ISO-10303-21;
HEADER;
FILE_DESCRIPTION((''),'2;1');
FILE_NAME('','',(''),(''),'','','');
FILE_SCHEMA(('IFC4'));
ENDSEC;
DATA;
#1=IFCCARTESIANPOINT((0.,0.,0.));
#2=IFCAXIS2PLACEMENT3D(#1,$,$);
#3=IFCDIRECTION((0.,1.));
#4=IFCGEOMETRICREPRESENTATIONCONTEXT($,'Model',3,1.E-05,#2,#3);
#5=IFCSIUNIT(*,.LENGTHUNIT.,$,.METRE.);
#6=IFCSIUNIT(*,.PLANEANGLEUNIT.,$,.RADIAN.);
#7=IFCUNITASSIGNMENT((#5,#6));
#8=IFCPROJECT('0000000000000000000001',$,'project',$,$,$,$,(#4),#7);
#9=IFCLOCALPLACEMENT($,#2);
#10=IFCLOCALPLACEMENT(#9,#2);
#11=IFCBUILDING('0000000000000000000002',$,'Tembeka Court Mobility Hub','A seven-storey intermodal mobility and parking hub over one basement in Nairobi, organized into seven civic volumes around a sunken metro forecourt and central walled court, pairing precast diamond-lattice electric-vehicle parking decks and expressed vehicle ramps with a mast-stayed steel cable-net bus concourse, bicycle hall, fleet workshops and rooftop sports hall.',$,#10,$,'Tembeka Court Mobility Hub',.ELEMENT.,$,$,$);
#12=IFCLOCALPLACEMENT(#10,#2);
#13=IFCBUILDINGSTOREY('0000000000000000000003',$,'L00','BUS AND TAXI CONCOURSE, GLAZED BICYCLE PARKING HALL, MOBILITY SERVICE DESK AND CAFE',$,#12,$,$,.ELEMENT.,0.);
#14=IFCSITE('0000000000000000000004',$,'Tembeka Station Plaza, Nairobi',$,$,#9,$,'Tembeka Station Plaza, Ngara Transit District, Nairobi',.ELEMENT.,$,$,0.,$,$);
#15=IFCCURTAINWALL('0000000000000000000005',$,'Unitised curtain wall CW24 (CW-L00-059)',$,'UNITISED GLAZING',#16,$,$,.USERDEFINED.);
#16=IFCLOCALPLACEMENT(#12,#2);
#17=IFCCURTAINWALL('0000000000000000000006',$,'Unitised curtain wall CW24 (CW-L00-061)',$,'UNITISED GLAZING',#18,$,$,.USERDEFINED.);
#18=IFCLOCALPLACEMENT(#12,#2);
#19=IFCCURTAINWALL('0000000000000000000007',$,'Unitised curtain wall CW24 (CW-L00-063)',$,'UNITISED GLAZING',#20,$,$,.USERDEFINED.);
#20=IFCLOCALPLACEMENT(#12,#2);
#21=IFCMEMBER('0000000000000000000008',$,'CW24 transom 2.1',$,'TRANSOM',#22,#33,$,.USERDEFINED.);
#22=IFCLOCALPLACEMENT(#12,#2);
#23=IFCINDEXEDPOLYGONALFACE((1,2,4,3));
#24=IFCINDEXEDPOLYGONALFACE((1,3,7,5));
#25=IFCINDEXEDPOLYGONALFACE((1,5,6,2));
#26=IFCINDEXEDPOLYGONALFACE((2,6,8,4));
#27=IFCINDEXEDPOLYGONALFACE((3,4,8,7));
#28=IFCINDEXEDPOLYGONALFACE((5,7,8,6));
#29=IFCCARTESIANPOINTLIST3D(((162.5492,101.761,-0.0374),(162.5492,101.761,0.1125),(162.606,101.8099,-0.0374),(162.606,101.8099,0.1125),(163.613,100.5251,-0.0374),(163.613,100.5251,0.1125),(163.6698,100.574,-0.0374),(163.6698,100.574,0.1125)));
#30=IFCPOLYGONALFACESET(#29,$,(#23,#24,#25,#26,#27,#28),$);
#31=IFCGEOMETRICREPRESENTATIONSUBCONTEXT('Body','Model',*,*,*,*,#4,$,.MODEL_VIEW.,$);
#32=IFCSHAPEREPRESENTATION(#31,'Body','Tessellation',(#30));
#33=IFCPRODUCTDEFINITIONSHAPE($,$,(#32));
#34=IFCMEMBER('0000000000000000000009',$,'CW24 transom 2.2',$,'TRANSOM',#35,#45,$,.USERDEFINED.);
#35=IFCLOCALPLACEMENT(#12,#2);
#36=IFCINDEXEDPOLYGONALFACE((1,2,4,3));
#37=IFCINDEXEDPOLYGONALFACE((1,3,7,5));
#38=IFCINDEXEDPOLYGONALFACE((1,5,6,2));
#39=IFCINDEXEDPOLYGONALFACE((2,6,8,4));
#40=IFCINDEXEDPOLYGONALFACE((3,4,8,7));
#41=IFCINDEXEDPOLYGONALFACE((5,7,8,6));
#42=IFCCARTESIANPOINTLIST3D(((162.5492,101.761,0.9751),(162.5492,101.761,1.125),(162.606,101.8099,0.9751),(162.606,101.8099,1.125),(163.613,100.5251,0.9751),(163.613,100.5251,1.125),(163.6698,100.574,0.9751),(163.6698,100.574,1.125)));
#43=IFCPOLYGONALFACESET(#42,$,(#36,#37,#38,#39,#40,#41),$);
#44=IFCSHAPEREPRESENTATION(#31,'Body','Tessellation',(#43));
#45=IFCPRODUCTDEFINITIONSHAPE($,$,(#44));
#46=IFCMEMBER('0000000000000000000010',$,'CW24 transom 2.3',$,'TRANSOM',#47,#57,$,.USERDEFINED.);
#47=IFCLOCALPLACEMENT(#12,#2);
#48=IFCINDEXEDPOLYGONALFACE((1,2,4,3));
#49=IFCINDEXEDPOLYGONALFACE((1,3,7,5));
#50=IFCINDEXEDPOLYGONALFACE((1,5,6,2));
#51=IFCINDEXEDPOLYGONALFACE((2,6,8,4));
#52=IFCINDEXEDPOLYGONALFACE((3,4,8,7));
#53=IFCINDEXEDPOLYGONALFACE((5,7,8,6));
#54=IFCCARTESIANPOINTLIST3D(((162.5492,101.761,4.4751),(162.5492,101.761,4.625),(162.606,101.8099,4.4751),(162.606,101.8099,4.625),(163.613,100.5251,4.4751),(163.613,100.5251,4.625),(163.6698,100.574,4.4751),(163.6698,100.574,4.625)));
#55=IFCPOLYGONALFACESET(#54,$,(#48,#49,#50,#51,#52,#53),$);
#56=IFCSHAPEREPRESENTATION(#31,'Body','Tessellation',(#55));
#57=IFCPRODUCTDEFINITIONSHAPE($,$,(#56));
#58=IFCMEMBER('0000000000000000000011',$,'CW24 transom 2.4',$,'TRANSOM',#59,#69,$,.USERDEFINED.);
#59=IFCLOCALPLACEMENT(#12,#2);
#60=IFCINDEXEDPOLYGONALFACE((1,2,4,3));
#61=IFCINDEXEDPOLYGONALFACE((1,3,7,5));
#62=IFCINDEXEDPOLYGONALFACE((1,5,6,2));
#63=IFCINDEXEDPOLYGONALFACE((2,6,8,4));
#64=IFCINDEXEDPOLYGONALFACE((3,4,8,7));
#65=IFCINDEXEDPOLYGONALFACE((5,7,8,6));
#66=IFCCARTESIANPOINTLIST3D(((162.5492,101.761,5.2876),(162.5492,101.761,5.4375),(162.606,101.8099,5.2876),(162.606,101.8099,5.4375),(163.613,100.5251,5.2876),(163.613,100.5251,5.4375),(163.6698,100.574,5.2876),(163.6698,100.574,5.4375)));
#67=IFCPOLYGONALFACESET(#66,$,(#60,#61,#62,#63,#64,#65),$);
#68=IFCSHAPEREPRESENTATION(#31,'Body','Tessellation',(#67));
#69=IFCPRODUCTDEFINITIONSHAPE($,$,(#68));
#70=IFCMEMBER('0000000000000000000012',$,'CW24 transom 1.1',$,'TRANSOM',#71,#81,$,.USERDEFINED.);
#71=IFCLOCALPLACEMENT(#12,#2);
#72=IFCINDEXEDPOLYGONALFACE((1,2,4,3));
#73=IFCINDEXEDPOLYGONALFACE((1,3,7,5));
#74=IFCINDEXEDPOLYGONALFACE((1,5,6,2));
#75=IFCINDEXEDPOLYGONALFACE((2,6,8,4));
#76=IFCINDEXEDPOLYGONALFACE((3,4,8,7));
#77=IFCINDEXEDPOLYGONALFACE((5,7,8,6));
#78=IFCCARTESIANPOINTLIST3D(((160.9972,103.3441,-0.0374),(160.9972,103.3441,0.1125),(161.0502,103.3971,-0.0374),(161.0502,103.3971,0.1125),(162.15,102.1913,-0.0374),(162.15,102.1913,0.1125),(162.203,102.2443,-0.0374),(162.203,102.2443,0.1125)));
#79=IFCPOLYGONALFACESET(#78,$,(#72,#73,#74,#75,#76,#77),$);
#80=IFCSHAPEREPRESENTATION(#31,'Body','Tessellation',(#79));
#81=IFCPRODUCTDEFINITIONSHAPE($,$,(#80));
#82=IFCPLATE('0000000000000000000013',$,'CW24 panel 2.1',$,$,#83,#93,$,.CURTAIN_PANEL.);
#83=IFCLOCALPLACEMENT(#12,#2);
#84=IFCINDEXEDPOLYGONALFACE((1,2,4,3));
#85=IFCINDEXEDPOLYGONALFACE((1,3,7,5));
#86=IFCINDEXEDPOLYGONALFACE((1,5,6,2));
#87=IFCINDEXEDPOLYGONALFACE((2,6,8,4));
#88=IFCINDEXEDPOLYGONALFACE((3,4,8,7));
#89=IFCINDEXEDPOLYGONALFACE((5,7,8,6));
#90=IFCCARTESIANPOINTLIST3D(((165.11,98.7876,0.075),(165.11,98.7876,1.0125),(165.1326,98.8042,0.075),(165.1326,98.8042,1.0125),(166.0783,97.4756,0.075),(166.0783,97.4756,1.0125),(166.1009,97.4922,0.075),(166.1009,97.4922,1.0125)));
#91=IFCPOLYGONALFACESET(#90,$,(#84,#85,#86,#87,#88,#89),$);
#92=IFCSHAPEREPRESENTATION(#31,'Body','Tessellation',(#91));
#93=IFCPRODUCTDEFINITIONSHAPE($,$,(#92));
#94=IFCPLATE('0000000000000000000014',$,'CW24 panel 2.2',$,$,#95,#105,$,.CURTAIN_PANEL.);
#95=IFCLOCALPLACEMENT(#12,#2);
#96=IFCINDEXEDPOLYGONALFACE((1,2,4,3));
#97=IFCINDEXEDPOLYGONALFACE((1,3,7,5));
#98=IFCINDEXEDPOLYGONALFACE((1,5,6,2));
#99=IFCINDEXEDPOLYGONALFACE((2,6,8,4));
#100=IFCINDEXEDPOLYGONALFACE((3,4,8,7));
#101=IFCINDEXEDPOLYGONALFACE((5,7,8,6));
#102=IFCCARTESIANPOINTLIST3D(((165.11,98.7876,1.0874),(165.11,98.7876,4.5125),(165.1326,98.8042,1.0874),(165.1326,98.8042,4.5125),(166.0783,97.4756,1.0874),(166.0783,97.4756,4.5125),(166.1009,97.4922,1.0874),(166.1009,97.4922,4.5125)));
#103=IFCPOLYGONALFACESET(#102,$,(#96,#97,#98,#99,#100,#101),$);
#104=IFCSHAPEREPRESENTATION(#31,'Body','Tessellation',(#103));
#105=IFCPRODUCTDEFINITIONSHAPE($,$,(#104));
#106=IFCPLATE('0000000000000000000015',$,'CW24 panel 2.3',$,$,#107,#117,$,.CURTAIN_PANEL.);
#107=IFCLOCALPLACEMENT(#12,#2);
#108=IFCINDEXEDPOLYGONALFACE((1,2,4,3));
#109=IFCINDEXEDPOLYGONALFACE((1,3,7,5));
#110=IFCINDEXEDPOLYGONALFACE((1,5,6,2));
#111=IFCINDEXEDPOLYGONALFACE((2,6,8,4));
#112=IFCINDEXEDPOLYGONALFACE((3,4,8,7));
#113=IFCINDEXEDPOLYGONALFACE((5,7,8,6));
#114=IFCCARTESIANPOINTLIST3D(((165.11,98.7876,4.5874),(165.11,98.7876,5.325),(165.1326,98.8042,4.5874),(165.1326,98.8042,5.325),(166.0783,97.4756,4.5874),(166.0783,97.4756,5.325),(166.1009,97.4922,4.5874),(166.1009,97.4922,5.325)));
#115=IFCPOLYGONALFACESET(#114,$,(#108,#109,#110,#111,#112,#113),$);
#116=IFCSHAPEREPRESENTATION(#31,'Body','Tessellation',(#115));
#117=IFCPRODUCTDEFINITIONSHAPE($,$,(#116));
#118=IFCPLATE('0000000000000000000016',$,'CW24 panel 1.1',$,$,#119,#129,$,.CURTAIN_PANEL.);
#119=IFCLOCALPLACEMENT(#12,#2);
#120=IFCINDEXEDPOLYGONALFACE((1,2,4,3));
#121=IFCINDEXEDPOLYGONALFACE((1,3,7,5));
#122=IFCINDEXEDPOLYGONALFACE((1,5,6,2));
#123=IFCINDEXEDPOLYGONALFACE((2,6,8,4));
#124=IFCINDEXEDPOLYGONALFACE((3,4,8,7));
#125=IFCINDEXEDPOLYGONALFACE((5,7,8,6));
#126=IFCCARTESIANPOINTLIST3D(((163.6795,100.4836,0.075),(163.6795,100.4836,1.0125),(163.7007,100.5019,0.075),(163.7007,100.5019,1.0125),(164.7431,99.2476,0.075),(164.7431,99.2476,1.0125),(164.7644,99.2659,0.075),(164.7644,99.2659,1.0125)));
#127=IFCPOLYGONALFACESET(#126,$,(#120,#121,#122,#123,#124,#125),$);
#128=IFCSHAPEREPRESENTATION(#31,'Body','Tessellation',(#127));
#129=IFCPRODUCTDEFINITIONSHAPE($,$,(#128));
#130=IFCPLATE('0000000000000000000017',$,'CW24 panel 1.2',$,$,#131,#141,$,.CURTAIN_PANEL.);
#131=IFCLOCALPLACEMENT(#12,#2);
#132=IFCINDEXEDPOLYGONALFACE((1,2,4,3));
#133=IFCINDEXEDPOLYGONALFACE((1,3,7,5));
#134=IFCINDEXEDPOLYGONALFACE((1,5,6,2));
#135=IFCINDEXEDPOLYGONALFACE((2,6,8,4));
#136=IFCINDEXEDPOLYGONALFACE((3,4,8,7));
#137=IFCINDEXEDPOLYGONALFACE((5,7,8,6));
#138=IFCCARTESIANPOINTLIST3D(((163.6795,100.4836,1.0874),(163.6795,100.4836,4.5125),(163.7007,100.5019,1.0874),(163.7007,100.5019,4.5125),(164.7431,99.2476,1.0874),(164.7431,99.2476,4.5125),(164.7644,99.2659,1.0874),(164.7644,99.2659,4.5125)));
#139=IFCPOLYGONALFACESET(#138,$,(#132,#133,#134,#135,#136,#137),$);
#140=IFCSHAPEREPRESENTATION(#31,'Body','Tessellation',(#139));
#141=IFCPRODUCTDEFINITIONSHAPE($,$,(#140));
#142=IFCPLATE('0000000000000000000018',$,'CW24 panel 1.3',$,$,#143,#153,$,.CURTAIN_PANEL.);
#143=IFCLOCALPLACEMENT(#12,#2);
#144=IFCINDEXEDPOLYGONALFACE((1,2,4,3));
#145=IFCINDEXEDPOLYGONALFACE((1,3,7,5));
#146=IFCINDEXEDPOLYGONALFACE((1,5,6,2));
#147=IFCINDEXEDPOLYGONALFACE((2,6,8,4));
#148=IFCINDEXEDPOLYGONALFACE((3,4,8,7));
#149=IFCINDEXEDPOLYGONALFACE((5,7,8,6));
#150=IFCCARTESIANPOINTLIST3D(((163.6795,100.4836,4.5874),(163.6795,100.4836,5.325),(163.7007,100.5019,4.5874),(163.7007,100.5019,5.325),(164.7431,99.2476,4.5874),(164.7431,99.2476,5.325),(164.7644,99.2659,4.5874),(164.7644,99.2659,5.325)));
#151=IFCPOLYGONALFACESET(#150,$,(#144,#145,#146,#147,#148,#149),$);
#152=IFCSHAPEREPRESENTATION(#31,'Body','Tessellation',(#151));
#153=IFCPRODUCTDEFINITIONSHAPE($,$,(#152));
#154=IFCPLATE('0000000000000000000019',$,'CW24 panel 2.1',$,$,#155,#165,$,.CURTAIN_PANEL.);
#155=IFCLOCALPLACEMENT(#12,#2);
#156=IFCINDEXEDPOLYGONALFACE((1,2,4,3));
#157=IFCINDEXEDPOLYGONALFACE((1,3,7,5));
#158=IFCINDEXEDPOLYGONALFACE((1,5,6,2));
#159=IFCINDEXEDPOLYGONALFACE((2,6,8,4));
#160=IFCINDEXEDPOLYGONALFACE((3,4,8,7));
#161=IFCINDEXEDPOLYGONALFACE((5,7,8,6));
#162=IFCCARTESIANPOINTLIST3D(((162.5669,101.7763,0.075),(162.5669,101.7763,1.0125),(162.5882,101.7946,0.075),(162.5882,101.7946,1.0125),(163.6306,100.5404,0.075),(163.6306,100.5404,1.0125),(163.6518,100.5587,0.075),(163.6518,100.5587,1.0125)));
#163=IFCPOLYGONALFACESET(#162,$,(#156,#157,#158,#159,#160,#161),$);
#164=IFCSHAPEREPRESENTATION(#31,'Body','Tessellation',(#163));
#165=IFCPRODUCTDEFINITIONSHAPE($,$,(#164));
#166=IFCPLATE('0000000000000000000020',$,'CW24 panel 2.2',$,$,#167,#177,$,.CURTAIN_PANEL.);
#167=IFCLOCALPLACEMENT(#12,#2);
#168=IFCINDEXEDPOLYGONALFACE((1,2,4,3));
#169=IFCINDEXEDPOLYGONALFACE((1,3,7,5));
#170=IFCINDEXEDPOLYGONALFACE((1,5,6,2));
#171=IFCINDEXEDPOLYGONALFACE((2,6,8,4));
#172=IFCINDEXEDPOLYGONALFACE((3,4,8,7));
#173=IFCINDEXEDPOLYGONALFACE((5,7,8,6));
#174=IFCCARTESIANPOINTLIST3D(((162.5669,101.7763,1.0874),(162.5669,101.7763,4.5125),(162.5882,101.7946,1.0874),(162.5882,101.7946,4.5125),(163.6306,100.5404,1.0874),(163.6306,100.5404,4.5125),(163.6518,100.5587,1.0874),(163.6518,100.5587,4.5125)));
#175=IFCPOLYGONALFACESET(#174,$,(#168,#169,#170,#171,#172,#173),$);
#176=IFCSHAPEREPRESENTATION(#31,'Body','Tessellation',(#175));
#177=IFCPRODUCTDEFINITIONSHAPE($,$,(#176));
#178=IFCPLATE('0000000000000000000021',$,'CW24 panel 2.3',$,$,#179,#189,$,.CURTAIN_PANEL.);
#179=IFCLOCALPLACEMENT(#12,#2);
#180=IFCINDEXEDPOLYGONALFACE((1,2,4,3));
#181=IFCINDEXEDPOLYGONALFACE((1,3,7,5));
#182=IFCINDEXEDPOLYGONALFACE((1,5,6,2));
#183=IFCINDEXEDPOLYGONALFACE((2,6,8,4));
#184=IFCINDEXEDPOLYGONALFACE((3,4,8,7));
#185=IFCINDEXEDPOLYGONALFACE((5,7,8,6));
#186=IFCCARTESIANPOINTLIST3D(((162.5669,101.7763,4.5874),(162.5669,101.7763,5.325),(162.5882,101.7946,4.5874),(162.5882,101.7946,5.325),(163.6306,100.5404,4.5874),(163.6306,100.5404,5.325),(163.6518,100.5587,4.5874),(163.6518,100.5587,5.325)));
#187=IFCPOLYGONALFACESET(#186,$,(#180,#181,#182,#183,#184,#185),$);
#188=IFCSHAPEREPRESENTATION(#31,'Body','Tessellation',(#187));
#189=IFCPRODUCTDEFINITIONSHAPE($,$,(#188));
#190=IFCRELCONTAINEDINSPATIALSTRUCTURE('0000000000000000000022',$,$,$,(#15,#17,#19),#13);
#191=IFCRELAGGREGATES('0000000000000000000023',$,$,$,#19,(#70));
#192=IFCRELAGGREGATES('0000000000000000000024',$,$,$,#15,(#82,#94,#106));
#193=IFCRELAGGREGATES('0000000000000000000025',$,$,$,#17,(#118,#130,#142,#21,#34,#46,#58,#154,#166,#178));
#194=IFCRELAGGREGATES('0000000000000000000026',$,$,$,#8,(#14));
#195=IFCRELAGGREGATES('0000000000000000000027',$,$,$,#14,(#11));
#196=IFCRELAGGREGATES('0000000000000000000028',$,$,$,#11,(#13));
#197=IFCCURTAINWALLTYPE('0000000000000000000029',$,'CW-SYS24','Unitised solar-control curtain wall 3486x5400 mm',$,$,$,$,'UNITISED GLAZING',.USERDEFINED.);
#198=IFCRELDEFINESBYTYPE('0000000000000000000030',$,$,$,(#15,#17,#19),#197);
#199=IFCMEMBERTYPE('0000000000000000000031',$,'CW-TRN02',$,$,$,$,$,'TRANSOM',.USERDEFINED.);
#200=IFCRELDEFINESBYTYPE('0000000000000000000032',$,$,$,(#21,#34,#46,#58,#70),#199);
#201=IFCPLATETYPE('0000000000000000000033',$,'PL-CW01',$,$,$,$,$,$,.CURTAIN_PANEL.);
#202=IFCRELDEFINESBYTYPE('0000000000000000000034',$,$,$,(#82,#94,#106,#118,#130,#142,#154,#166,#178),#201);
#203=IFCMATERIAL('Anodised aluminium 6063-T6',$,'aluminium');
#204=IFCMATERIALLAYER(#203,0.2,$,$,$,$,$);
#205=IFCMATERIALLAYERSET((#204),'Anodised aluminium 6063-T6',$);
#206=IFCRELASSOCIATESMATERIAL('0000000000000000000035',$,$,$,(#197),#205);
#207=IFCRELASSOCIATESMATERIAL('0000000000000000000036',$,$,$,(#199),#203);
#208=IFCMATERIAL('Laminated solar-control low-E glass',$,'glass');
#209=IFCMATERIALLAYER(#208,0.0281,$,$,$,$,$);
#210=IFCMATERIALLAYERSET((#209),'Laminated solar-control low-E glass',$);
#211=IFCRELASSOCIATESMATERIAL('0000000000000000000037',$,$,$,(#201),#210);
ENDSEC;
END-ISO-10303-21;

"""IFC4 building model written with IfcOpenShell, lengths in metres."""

from ifc_helpers import new_model, si_unit, direction, frame, origin, origin_2d, place, context, subcontext, project, spatial, rectangle, extrude, material, layer, layer_set, material_profile, profile_set, type_object, element, aggregate, save


model = new_model("IFC4")

# Units and contexts
model_context = context("Model", 3, precision=1e-05, world=origin(), true_north=direction((0.0, 1.0)))
body_context = subcontext(model_context, "Body", "Model", "MODEL_VIEW")
ifc_project = project(units=[si_unit("LENGTHUNIT", "METRE"), si_unit("PLANEANGLEUNIT", "RADIAN")], contexts=[model_context])

# Site, building, storey
site_placement = place(None, origin())
site = spatial("IfcSite", under=ifc_project, at=site_placement, Name="Tembeka Station Plaza, Nairobi", LongName="Tembeka Station Plaza, Ngara Transit District, Nairobi", CompositionType="ELEMENT", RefElevation=0.0)
building_placement = place(site_placement, origin())
building = spatial("IfcBuilding", under=site, at=building_placement, Name="Tembeka Court Mobility Hub", Description="A seven-storey intermodal mobility and parking hub over one basement in Nairobi, organized into seven civic volumes around a sunken metro forecourt and central walled court, pairing precast diamond-lattice electric-vehicle parking decks and expressed vehicle ramps with a mast-stayed steel cable-net bus concourse, bicycle hall, fleet workshops and rooftop sports hall.", LongName="Tembeka Court Mobility Hub", CompositionType="ELEMENT")
storey_placement = place(building_placement, origin())
storey = spatial("IfcBuildingStorey", under=building, at=storey_placement, Name="L00", Description="BUS AND TAXI CONCOURSE, GLAZED BICYCLE PARKING HALL, MOBILITY SERVICE DESK AND CAFE", CompositionType="ELEMENT", Elevation=0.0)

# Curtain wall
ifc_material_1 = material(Name="Anodised aluminium 6063-T6", Category="aluminium")
ifc_layer_1 = layer(ifc_material_1, 0.2)
ifc_layer_set_1 = layer_set([ifc_layer_1], Name="Anodised aluminium 6063-T6")
curtain_wall_type = type_object("IfcCurtainWallType", Name="CW-SYS24", Description="Unitised solar-control curtain wall 3486x5400 mm", ElementType="UNITISED GLAZING", PredefinedType="USERDEFINED", material=ifc_layer_set_1)
curtain_wall_1_placement = place(storey_placement, origin())
curtain_wall_1 = element("IfcCurtainWall", 1, at=curtain_wall_1_placement, inside=storey, type_object=curtain_wall_type, Name="Unitised curtain wall CW24 (CW-L00-059)", ObjectType="UNITISED GLAZING", PredefinedType="USERDEFINED")

# Curtain wall
curtain_wall_2_placement = place(storey_placement, origin())
curtain_wall_2 = element("IfcCurtainWall", 2, at=curtain_wall_2_placement, inside=storey, type_object=curtain_wall_type, Name="Unitised curtain wall CW24 (CW-L00-061)", ObjectType="UNITISED GLAZING", PredefinedType="USERDEFINED")

# Curtain wall
curtain_wall_3_placement = place(storey_placement, origin())
curtain_wall_3 = element("IfcCurtainWall", 3, at=curtain_wall_3_placement, inside=storey, type_object=curtain_wall_type, Name="Unitised curtain wall CW24 (CW-L00-063)", ObjectType="UNITISED GLAZING", PredefinedType="USERDEFINED")

# Members
ifc_material_profile_1 = material_profile(ifc_material_1, rectangle(XDim=0.075, YDim=0.1499, at=origin_2d()), Name="ALU-TRN 75x150")
ifc_profile_set_1 = profile_set([ifc_material_profile_1], Name="Anodised aluminium 6063-T6")
member_type_1 = type_object("IfcMemberType", Name="CW-TRN02", ElementType="TRANSOM", PredefinedType="USERDEFINED", material=ifc_profile_set_1)
member_1_placement = place(storey_placement, frame((163.6414, 100.5496, 0.0376), z_axis=(-0.652356, 0.757913, 0.0), x_axis=(-0.757913, -0.652356, 0.0)))
member_1 = element("IfcMember", 4, at=member_1_placement, type_object=member_type_1, Name="CW24 transom 2.1", ObjectType="TRANSOM", PredefinedType="USERDEFINED", context=body_context, shape_type="SweptSolid", body=[
    extrude(rectangle(XDim=0.075, YDim=0.1499, at=origin_2d()), origin(), (0.0, 0.0, 1.0), 1.6306),
])
member_2_placement = place(storey_placement, frame((163.6414, 100.5496, 1.05), z_axis=(-0.652356, 0.757913, 0.0), x_axis=(-0.757913, -0.652356, 0.0)))
member_2 = element("IfcMember", 5, at=member_2_placement, type_object=member_type_1, Name="CW24 transom 2.2", ObjectType="TRANSOM", PredefinedType="USERDEFINED", context=body_context, shape_type="SweptSolid", body=[
    extrude(rectangle(XDim=0.075, YDim=0.1499, at=origin_2d()), origin(), (0.0, 0.0, 1.0), 1.6306),
])
member_3_placement = place(storey_placement, frame((163.6414, 100.5496, 4.55), z_axis=(-0.652356, 0.757913, 0.0), x_axis=(-0.757913, -0.652356, 0.0)))
member_3 = element("IfcMember", 6, at=member_3_placement, type_object=member_type_1, Name="CW24 transom 2.3", ObjectType="TRANSOM", PredefinedType="USERDEFINED", context=body_context, shape_type="SweptSolid", body=[
    extrude(rectangle(XDim=0.075, YDim=0.1499, at=origin_2d()), origin(), (0.0, 0.0, 1.0), 1.6306),
])
member_4_placement = place(storey_placement, frame((163.6414, 100.5496, 5.3625), z_axis=(-0.652356, 0.757913, 0.0), x_axis=(-0.757913, -0.652356, 0.0)))
member_4 = element("IfcMember", 7, at=member_4_placement, type_object=member_type_1, Name="CW24 transom 2.4", ObjectType="TRANSOM", PredefinedType="USERDEFINED", context=body_context, shape_type="SweptSolid", body=[
    extrude(rectangle(XDim=0.075, YDim=0.1499, at=origin_2d()), origin(), (0.0, 0.0, 1.0), 1.6306),
])
member_5_placement = place(storey_placement, frame((162.1765, 102.2178, 0.0376), z_axis=(-0.707107, 0.707107, 0.0), x_axis=(-0.707107, -0.707107, 0.0)))
member_5 = element("IfcMember", 8, at=member_5_placement, type_object=member_type_1, Name="CW24 transom 1.1", ObjectType="TRANSOM", PredefinedType="USERDEFINED", context=body_context, shape_type="SweptSolid", body=[
    extrude(rectangle(XDim=0.075, YDim=0.1499, at=origin_2d()), origin(), (0.0, 0.0, 1.0), 1.6304),
])
aggregate(curtain_wall_3, [member_5])

# Plates
ifc_material_2 = material(Name="Laminated solar-control low-E glass", Category="glass")
ifc_layer_2 = layer(ifc_material_2, 0.0281)
ifc_layer_set_2 = layer_set([ifc_layer_2], Name="Laminated solar-control low-E glass")
plate_type = type_object("IfcPlateType", Name="PL-CW01", PredefinedType="CURTAIN_PANEL", material=ifc_layer_set_2)
plate_1_placement = place(storey_placement, frame((165.6055, 98.1399, 0.075), z_axis=(0.0, 0.0, 1.0), x_axis=(-0.593818, 0.804599, 0.0)))
plate_1 = element("IfcPlate", 9, at=plate_1_placement, type_object=plate_type, Name="CW24 panel 2.1", PredefinedType="CURTAIN_PANEL", context=body_context, shape_type="SweptSolid", body=[
    extrude(rectangle(XDim=1.6306, YDim=0.0281, at=origin_2d()), origin(), (0.0, 0.0, 1.0), 0.9375),
])
plate_2_placement = place(storey_placement, frame((165.6055, 98.1399, 1.0874), z_axis=(0.0, 0.0, 1.0), x_axis=(-0.593818, 0.804599, 0.0)))
plate_2 = element("IfcPlate", 10, at=plate_2_placement, type_object=plate_type, Name="CW24 panel 2.2", PredefinedType="CURTAIN_PANEL", context=body_context, shape_type="SweptSolid", body=[
    extrude(rectangle(XDim=1.6306, YDim=0.0281, at=origin_2d()), origin(), (0.0, 0.0, 1.0), 3.425),
])
plate_3_placement = place(storey_placement, frame((165.6055, 98.1399, 4.5874), z_axis=(0.0, 0.0, 1.0), x_axis=(-0.593818, 0.804599, 0.0)))
plate_3 = element("IfcPlate", 11, at=plate_3_placement, type_object=plate_type, Name="CW24 panel 2.3", PredefinedType="CURTAIN_PANEL", context=body_context, shape_type="SweptSolid", body=[
    extrude(rectangle(XDim=1.6306, YDim=0.0281, at=origin_2d()), origin(), (0.0, 0.0, 1.0), 0.7375),
])
aggregate(curtain_wall_1, [plate_1, plate_2, plate_3])
plate_4_placement = place(storey_placement, frame((164.2219, 99.8748, 0.075), z_axis=(0.0, 0.0, 1.0), x_axis=(-0.652307, 0.757955, 0.0)))
plate_4 = element("IfcPlate", 12, at=plate_4_placement, type_object=plate_type, Name="CW24 panel 1.1", PredefinedType="CURTAIN_PANEL", context=body_context, shape_type="SweptSolid", body=[
    extrude(rectangle(XDim=1.6306, YDim=0.0281, at=origin_2d()), origin(), (0.0, 0.0, 1.0), 0.9375),
])
plate_5_placement = place(storey_placement, frame((164.2219, 99.8748, 1.0874), z_axis=(0.0, 0.0, 1.0), x_axis=(-0.652307, 0.757955, 0.0)))
plate_5 = element("IfcPlate", 13, at=plate_5_placement, type_object=plate_type, Name="CW24 panel 1.2", PredefinedType="CURTAIN_PANEL", context=body_context, shape_type="SweptSolid", body=[
    extrude(rectangle(XDim=1.6306, YDim=0.0281, at=origin_2d()), origin(), (0.0, 0.0, 1.0), 3.425),
])
plate_6_placement = place(storey_placement, frame((164.2219, 99.8748, 4.5874), z_axis=(0.0, 0.0, 1.0), x_axis=(-0.652307, 0.757955, 0.0)))
plate_6 = element("IfcPlate", 14, at=plate_6_placement, type_object=plate_type, Name="CW24 panel 1.3", PredefinedType="CURTAIN_PANEL", context=body_context, shape_type="SweptSolid", body=[
    extrude(rectangle(XDim=1.6306, YDim=0.0281, at=origin_2d()), origin(), (0.0, 0.0, 1.0), 0.7375),
])
plate_7_placement = place(storey_placement, frame((163.1094, 101.1675, 0.075), z_axis=(0.0, 0.0, 1.0), x_axis=(-0.652307, 0.757955, 0.0)))
plate_7 = element("IfcPlate", 15, at=plate_7_placement, type_object=plate_type, Name="CW24 panel 2.1", PredefinedType="CURTAIN_PANEL", context=body_context, shape_type="SweptSolid", body=[
    extrude(rectangle(XDim=1.6306, YDim=0.0281, at=origin_2d()), origin(), (0.0, 0.0, 1.0), 0.9375),
])
plate_8_placement = place(storey_placement, frame((163.1094, 101.1675, 1.0874), z_axis=(0.0, 0.0, 1.0), x_axis=(-0.652307, 0.757955, 0.0)))
plate_8 = element("IfcPlate", 16, at=plate_8_placement, type_object=plate_type, Name="CW24 panel 2.2", PredefinedType="CURTAIN_PANEL", context=body_context, shape_type="SweptSolid", body=[
    extrude(rectangle(XDim=1.6306, YDim=0.0281, at=origin_2d()), origin(), (0.0, 0.0, 1.0), 3.425),
])
plate_9_placement = place(storey_placement, frame((163.1094, 101.1675, 4.5874), z_axis=(0.0, 0.0, 1.0), x_axis=(-0.652307, 0.757955, 0.0)))
plate_9 = element("IfcPlate", 17, at=plate_9_placement, type_object=plate_type, Name="CW24 panel 2.3", PredefinedType="CURTAIN_PANEL", context=body_context, shape_type="SweptSolid", body=[
    extrude(rectangle(XDim=1.6306, YDim=0.0281, at=origin_2d()), origin(), (0.0, 0.0, 1.0), 0.7375),
])
aggregate(curtain_wall_2, [plate_4, plate_5, plate_6, member_1, member_2, member_3, member_4, plate_7, plate_8, plate_9])

save(model, "model.ifc")
